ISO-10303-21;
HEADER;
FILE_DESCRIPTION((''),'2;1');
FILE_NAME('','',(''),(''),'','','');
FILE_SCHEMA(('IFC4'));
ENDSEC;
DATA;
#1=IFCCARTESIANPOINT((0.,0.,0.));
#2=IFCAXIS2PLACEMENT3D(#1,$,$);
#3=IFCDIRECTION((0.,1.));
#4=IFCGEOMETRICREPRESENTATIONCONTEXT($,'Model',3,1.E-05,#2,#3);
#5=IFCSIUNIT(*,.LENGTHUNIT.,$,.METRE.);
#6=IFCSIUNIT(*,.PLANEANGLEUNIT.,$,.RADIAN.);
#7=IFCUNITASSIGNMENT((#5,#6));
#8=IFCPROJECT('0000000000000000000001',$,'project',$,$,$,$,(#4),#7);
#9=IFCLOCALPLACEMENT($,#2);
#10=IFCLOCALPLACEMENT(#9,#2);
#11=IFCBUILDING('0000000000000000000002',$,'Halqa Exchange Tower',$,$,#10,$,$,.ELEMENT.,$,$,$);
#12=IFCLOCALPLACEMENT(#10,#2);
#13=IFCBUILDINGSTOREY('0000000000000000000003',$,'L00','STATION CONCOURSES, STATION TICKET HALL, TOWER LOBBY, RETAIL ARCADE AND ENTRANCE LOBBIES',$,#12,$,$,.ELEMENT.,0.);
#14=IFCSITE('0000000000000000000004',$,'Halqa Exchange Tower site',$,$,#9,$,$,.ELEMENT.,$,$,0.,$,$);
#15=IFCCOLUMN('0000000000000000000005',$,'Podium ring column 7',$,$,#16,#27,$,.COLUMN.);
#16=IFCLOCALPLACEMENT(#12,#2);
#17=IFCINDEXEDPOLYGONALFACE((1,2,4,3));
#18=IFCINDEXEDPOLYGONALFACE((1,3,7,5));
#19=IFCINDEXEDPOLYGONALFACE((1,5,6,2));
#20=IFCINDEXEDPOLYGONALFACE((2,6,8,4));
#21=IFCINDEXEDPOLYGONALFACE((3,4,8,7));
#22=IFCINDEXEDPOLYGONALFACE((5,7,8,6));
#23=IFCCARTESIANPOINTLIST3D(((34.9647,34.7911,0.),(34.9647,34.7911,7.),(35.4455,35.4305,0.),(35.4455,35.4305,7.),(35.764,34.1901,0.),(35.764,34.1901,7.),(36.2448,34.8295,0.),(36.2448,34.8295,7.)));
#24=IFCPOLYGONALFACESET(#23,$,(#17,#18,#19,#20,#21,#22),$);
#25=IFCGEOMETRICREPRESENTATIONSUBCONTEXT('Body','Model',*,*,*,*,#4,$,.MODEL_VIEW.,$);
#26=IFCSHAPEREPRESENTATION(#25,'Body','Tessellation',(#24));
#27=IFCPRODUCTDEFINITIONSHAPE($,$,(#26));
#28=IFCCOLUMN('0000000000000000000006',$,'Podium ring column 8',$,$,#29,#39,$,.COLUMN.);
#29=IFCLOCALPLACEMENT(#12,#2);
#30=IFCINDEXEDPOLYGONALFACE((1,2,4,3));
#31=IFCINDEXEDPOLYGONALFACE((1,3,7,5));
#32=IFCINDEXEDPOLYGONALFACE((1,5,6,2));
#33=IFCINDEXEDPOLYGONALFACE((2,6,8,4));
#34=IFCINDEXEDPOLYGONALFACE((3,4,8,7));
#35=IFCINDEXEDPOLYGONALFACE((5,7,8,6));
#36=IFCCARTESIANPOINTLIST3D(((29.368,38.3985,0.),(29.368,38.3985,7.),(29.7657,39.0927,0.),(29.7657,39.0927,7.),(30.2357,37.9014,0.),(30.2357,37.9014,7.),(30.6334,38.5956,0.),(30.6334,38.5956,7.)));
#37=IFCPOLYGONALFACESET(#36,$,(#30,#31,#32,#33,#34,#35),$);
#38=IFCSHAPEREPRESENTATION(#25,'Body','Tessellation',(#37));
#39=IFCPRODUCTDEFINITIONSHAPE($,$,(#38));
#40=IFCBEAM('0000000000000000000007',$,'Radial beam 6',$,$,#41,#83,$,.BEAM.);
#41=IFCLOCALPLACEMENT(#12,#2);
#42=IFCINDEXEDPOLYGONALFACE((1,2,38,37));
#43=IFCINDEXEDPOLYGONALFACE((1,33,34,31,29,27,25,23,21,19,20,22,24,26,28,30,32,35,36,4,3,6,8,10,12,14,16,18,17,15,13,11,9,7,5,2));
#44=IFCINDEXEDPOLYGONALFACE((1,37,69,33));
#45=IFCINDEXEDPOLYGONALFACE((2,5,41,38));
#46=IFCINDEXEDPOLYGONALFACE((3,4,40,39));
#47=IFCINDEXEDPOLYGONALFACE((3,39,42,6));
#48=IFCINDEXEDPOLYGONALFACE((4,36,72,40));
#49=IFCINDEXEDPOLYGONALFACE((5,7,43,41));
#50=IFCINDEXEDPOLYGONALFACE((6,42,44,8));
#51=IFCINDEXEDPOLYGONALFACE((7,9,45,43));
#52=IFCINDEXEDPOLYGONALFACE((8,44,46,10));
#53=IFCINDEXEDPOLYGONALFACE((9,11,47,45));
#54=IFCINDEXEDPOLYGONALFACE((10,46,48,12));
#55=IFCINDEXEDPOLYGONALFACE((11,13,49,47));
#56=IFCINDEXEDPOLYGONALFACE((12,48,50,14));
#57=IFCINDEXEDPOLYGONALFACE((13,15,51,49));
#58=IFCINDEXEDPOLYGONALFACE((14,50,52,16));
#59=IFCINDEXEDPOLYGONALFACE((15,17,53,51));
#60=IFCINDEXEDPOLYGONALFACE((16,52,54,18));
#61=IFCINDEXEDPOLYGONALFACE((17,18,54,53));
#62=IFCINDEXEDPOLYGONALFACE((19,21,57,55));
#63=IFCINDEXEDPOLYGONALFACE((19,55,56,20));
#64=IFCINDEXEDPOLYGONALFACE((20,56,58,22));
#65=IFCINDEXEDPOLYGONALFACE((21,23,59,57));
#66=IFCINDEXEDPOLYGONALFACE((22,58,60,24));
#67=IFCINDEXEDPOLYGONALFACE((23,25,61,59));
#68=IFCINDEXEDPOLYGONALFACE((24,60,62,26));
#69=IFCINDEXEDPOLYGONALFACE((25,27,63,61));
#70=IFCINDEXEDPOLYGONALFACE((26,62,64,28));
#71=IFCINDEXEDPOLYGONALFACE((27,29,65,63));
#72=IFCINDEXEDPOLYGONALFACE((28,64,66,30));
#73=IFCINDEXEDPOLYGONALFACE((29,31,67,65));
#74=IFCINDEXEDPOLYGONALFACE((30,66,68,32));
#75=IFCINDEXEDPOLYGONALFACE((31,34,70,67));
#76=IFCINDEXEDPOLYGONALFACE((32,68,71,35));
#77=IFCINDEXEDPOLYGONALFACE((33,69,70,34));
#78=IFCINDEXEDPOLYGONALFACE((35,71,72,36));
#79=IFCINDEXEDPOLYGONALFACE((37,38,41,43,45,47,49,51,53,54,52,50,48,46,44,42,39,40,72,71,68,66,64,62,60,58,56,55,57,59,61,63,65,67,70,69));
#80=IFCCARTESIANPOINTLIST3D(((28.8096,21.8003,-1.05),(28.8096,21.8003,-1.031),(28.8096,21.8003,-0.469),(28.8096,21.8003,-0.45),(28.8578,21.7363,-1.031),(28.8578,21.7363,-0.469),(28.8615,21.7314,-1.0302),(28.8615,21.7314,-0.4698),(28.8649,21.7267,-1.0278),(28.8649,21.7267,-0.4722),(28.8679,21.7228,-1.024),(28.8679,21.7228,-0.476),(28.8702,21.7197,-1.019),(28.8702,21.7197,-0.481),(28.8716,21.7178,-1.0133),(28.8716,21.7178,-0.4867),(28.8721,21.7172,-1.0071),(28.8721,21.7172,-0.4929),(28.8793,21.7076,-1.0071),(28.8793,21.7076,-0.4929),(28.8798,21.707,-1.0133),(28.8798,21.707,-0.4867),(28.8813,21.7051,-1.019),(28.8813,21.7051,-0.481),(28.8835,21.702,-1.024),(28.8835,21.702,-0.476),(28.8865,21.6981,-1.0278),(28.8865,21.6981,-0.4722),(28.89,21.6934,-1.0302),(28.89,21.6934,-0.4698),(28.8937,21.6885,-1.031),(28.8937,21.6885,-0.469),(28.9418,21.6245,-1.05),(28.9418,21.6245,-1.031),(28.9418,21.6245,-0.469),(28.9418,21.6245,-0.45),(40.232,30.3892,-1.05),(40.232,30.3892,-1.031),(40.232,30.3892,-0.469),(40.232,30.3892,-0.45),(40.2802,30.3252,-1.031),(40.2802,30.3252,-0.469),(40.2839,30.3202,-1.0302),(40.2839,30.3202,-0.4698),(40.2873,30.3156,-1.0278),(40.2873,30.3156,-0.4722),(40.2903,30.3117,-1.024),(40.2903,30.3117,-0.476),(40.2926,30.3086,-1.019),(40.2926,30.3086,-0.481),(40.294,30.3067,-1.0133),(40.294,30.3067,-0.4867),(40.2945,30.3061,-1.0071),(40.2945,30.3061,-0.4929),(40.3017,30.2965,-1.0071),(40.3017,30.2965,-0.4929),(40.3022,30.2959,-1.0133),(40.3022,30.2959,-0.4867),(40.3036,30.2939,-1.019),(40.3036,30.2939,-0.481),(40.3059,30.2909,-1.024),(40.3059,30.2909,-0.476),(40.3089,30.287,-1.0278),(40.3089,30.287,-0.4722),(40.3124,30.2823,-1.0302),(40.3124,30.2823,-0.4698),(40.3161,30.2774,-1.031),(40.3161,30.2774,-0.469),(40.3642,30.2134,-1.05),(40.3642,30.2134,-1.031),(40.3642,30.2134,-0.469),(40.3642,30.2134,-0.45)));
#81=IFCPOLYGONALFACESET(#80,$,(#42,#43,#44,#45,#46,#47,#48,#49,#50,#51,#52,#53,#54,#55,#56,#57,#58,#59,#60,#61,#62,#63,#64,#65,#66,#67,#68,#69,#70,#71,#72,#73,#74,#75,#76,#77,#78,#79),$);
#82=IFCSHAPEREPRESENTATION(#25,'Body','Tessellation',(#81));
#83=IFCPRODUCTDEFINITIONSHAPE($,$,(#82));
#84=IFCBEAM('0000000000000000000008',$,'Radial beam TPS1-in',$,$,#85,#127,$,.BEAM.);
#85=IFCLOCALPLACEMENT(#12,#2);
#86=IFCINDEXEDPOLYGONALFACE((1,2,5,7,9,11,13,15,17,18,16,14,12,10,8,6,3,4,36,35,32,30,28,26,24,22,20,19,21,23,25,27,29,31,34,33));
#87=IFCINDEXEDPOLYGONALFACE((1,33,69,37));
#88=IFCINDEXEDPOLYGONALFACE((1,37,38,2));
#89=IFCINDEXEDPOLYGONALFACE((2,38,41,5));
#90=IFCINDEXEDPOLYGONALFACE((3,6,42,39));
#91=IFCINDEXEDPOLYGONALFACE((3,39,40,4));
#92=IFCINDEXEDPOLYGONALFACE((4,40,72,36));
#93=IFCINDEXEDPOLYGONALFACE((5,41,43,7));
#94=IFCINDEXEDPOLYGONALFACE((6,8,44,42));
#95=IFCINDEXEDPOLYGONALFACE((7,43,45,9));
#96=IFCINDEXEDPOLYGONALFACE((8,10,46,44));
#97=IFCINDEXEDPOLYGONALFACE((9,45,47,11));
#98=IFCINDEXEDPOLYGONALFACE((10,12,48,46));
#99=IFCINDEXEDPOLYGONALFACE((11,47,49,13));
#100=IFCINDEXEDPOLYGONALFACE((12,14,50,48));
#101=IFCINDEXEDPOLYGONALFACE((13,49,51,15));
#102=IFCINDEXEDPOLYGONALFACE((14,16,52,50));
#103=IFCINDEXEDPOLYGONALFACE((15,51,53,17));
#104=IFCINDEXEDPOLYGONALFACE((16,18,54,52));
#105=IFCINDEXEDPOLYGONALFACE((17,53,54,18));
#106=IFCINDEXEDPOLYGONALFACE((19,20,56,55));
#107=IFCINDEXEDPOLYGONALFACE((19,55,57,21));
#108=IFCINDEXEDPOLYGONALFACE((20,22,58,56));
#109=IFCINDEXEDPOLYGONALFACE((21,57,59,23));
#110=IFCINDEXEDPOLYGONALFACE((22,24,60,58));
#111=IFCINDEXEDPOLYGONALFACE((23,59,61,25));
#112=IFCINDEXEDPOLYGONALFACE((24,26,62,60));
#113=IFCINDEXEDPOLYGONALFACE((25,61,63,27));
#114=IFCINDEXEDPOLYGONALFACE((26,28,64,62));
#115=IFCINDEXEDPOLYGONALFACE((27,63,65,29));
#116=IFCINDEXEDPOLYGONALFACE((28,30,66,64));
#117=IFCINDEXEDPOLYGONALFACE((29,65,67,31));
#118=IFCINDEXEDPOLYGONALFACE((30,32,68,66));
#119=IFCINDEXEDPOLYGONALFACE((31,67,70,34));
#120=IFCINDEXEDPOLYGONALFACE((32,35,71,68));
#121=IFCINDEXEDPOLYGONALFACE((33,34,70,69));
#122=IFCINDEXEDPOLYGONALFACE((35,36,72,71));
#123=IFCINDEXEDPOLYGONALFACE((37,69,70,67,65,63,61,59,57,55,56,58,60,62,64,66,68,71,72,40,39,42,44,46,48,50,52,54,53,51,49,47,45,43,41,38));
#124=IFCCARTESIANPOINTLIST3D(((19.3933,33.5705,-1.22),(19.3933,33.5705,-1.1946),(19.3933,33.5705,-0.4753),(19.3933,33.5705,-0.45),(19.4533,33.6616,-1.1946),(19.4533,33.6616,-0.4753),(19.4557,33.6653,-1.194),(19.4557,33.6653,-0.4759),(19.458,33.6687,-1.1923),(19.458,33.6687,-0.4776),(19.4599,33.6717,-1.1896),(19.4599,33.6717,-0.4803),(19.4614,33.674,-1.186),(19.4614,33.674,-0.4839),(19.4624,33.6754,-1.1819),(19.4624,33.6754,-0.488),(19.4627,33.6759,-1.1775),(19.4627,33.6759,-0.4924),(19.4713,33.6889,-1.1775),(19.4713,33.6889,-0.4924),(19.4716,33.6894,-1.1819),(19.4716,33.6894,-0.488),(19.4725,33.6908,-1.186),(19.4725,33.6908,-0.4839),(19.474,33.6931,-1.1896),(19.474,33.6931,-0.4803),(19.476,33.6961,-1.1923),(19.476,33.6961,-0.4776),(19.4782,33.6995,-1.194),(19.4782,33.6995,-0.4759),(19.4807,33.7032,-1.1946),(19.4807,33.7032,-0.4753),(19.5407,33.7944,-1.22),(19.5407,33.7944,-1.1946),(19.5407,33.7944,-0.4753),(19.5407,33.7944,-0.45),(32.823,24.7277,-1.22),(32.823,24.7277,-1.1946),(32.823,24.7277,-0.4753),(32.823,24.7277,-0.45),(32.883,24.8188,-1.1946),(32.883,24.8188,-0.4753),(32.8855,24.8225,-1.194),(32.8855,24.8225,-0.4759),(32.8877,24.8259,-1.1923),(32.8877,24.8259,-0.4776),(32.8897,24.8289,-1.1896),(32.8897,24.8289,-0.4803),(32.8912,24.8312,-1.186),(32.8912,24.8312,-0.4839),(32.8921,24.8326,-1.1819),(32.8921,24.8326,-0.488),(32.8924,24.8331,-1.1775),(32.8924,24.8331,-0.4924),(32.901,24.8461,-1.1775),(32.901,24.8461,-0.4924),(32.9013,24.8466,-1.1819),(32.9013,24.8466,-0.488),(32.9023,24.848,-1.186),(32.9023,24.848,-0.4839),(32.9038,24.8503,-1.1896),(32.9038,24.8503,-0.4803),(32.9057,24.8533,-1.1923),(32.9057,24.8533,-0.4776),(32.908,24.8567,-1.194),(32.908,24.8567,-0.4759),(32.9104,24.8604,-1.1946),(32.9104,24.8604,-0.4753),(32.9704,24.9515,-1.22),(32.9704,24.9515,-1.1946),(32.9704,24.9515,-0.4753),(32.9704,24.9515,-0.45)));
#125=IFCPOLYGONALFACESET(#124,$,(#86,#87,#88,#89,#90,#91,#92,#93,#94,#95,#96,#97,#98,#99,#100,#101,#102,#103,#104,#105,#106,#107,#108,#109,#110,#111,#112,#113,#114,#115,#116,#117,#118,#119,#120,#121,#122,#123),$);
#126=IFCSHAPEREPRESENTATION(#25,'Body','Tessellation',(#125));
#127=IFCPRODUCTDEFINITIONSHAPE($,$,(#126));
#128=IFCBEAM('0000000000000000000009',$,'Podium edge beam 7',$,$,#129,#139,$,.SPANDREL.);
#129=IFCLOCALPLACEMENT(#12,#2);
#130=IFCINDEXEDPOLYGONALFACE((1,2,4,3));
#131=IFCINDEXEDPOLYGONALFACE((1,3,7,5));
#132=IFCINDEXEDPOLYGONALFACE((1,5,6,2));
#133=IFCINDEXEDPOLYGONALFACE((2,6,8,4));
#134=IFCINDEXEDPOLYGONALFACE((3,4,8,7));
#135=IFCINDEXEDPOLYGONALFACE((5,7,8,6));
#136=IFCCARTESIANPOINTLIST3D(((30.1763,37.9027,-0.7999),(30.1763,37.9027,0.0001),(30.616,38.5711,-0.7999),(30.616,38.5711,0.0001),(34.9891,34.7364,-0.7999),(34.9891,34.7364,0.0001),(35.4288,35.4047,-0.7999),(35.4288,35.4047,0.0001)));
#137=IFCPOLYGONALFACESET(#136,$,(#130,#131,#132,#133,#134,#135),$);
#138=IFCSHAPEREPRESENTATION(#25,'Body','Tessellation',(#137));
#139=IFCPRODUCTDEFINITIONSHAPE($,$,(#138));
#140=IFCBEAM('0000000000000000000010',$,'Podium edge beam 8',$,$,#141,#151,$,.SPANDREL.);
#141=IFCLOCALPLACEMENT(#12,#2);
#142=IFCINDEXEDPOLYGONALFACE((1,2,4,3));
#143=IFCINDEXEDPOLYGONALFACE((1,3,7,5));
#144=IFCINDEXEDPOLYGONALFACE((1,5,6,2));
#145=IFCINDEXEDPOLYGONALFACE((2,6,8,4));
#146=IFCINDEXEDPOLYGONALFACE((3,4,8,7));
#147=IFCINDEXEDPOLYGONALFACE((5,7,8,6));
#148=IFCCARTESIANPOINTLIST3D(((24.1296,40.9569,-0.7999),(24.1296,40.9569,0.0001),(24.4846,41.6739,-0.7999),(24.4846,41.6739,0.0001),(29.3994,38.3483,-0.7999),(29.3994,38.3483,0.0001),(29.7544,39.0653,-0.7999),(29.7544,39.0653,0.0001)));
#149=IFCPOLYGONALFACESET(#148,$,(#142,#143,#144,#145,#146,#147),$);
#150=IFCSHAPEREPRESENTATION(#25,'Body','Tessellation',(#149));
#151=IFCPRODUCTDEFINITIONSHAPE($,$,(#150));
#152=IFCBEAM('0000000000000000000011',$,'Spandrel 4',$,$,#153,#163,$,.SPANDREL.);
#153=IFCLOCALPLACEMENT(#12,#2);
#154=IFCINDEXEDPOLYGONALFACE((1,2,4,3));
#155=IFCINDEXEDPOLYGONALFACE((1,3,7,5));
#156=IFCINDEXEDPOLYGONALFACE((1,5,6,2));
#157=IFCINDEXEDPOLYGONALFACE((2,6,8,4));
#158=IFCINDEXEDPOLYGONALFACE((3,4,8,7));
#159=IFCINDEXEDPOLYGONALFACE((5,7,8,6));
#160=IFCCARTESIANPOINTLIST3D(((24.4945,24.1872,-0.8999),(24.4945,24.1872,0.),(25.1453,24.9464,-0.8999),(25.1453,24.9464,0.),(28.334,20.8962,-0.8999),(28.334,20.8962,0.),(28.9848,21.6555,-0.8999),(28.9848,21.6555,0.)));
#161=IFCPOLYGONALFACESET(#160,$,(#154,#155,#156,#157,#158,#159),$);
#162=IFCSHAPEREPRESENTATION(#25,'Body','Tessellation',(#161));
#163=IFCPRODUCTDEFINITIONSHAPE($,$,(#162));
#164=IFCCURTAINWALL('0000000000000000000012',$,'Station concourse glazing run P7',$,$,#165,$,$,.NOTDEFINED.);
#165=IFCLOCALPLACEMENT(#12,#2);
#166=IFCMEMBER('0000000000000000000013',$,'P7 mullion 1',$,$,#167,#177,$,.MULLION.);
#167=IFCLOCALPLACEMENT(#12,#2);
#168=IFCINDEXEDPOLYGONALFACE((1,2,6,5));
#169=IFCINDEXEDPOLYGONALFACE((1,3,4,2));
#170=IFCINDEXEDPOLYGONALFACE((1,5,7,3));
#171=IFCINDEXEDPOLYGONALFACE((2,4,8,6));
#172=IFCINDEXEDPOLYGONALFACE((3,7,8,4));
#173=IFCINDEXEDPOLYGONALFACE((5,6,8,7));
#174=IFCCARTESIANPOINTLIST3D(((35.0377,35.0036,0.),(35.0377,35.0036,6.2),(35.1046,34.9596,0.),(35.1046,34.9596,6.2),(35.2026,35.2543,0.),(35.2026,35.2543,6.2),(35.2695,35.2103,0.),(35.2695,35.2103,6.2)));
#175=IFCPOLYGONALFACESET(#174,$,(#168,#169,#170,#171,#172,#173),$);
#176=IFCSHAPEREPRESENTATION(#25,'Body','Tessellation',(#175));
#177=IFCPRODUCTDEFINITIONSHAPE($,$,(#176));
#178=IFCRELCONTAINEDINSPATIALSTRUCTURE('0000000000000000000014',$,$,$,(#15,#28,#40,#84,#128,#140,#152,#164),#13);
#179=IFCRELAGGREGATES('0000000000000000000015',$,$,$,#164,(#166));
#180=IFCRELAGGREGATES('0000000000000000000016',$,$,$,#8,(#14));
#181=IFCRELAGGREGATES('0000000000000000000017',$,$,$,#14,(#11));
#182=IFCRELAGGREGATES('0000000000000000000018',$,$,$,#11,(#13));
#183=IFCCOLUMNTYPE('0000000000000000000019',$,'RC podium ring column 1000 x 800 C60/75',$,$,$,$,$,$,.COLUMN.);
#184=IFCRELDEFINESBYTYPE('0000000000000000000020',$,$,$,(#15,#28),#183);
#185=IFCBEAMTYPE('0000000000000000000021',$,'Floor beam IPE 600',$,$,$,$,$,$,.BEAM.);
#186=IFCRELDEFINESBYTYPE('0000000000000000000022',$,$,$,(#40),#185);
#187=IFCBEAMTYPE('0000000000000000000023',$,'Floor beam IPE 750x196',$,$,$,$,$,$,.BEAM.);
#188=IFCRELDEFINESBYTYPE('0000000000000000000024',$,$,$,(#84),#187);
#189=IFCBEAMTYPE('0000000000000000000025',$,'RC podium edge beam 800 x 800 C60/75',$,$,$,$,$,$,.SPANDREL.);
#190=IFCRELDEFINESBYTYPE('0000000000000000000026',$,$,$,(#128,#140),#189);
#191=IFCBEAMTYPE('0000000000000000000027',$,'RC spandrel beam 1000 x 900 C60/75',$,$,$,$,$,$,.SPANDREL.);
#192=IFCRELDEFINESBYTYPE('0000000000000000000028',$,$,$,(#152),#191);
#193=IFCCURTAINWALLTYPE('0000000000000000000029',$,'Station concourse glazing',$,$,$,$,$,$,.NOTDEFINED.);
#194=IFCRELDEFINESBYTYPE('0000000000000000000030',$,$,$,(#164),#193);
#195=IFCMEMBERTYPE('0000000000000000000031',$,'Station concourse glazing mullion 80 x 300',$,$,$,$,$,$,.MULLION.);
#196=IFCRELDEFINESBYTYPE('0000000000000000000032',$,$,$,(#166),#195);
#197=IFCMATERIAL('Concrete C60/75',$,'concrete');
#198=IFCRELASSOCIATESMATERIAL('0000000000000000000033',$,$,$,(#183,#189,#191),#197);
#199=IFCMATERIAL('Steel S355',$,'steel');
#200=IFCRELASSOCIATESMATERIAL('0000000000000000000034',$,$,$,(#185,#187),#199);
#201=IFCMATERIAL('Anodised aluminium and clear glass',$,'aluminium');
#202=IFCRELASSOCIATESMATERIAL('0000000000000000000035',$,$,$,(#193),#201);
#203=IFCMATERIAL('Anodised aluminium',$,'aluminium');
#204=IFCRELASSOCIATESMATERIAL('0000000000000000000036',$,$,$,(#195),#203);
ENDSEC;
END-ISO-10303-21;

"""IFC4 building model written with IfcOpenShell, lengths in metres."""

from ifc_helpers import new_model, si_unit, direction, frame, origin, origin_2d, place, context, subcontext, project, spatial, rectangle, i_section, extrude, material, material_profile, profile_set, type_object, element, aggregate, save


model = new_model("IFC4")

# Units and contexts
model_context = context("Model", 3, precision=1e-05, world=origin(), true_north=direction((0.0, 1.0)))
body_context = subcontext(model_context, "Body", "Model", "MODEL_VIEW")
ifc_project = project(units=[si_unit("LENGTHUNIT", "METRE"), si_unit("PLANEANGLEUNIT", "RADIAN")], contexts=[model_context])

# Site, building, storey
site_placement = place(None, origin())
site = spatial("IfcSite", under=ifc_project, at=site_placement, Name="Halqa Exchange Tower site", CompositionType="ELEMENT", RefElevation=0.0)
building_placement = place(site_placement, origin())
building = spatial("IfcBuilding", under=site, at=building_placement, Name="Halqa Exchange Tower", CompositionType="ELEMENT")
storey_placement = place(building_placement, origin())
storey = spatial("IfcBuildingStorey", under=building, at=storey_placement, Name="L00", Description="STATION CONCOURSES, STATION TICKET HALL, TOWER LOBBY, RETAIL ARCADE AND ENTRANCE LOBBIES", CompositionType="ELEMENT", Elevation=0.0)

# Columns
ifc_material_1 = material(Name="Concrete C60/75", Category="concrete")
ifc_material_profile_1 = material_profile(ifc_material_1, rectangle(XDim=1.0, YDim=0.8, at=origin_2d()), Name="1000 x 800")
ifc_profile_set_1 = profile_set([ifc_material_profile_1], Name="Concrete C60/75")
column_type = type_object("IfcColumnType", Name="RC podium ring column 1000 x 800 C60/75", PredefinedType="COLUMN", material=ifc_profile_set_1)
for number, where, z_axis, x_axis, name in (
    (1, (35.6047, 34.8103, 0.0), (0.0, 0.0, 1.0), (-0.79926, 0.600985, 0.0), "Podium ring column 7"),
    (2, (30.0007, 38.4971, 0.0), (0.0, 0.0, 1.0), (-0.867693, 0.4971, 0.0), "Podium ring column 8"),
):
    element("IfcColumn", number, at=place(storey_placement, frame(where, z_axis=z_axis, x_axis=x_axis)), inside=storey, type_object=column_type, Name=name, PredefinedType="COLUMN", context=body_context, shape_type="SweptSolid", body=[
        extrude(rectangle(XDim=1.0, YDim=0.8, at=origin_2d()), origin(), (0.0, 0.0, 1.0), 7.0),
    ])

# Beams
ifc_material_2 = material(Name="Steel S355", Category="steel")
ifc_material_profile_2 = material_profile(ifc_material_2, i_section(OverallWidth=0.22, OverallDepth=0.6001, WebThickness=0.012, FlangeThickness=0.019, FilletRadius=0.0239, at=origin_2d()), Name="IPE 600")
ifc_profile_set_2 = profile_set([ifc_material_profile_2], Name="Steel S355")
beam_type_1 = type_object("IfcBeamType", Name="Floor beam IPE 600", PredefinedType="BEAM", material=ifc_profile_set_2)
beam_1_placement = place(storey_placement, frame((28.8757, 21.7124, -0.75), z_axis=(0.799257, 0.600989, 0.0), x_axis=(-0.600989, 0.799257, 0.0)))
element("IfcBeam", 3, at=beam_1_placement, inside=storey, type_object=beam_type_1, Name="Radial beam 6", PredefinedType="BEAM", context=body_context, shape_type="SweptSolid", body=[
    extrude(i_section(OverallWidth=0.22, OverallDepth=0.6001, WebThickness=0.012, FlangeThickness=0.019, FilletRadius=0.0239, at=origin_2d()), origin(), (0.0, 0.0, 1.0), 14.2913),
])
ifc_material_profile_3 = material_profile(ifc_material_2, i_section(OverallWidth=0.2681, OverallDepth=0.77, WebThickness=0.0156, FlangeThickness=0.0254, FilletRadius=0.0171, at=origin_2d()), Name="IPE 750x196")
ifc_profile_set_3 = profile_set([ifc_material_profile_3], Name="Steel S355")
beam_type_2 = type_object("IfcBeamType", Name="Floor beam IPE 750x196", PredefinedType="BEAM", material=ifc_profile_set_3)
beam_2_placement = place(storey_placement, frame((32.8967, 24.8396, -0.835), z_axis=(-0.835204, 0.54994, 0.0), x_axis=(-0.54994, -0.835204, 0.0)))
element("IfcBeam", 4, at=beam_2_placement, inside=storey, type_object=beam_type_2, Name="Radial beam TPS1-in", PredefinedType="BEAM", context=body_context, shape_type="SweptSolid", body=[
    extrude(i_section(OverallWidth=0.2681, OverallDepth=0.77, WebThickness=0.0156, FlangeThickness=0.0254, FilletRadius=0.0171, at=origin_2d()), origin(), (0.0, 0.0, 1.0), 16.0796),
])
ifc_material_profile_4 = material_profile(ifc_material_1, rectangle(XDim=0.8, YDim=0.8, at=origin_2d()), Name="800 x 800")
ifc_profile_set_4 = profile_set([ifc_material_profile_4], Name="Concrete C60/75")
beam_type_3 = type_object("IfcBeamType", Name="RC podium edge beam 800 x 800 C60/75", PredefinedType="SPANDREL", material=ifc_profile_set_4)
beam_3_placement = place(storey_placement, frame((35.209, 35.0706, -0.3999), z_axis=(-0.835419, 0.549614, 0.0), x_axis=(-0.549614, -0.835419, 0.0)))
element("IfcBeam", 5, at=beam_3_placement, inside=storey, type_object=beam_type_3, Name="Podium edge beam 7", PredefinedType="SPANDREL", context=body_context, shape_type="SweptSolid", body=[
    extrude(rectangle(XDim=0.8, YDim=0.8, at=origin_2d()), origin(), (0.0, 0.0, 1.0), 5.761),
])
beam_4_placement = place(storey_placement, frame((29.5769, 38.7068, -0.3999), z_axis=(-0.896205, 0.443639, 0.0), x_axis=(-0.443639, -0.896205, 0.0)))
element("IfcBeam", 6, at=beam_4_placement, inside=storey, type_object=beam_type_3, Name="Podium edge beam 8", PredefinedType="SPANDREL", context=body_context, shape_type="SweptSolid", body=[
    extrude(rectangle(XDim=0.8, YDim=0.8, at=origin_2d()), origin(), (0.0, 0.0, 1.0), 5.8801),
])
ifc_material_profile_5 = material_profile(ifc_material_1, rectangle(XDim=1.0, YDim=0.8999, at=origin_2d()), Name="1000 x 900")
ifc_profile_set_5 = profile_set([ifc_material_profile_5], Name="Concrete C60/75")
beam_type_4 = type_object("IfcBeamType", Name="RC spandrel beam 1000 x 900 C60/75", PredefinedType="SPANDREL", material=ifc_profile_set_5)
beam_5_placement = place(storey_placement, frame((28.6594, 21.2759, -0.45), z_axis=(-0.759263, 0.650783, 0.0), x_axis=(-0.650783, -0.759263, 0.0)))
element("IfcBeam", 7, at=beam_5_placement, inside=storey, type_object=beam_type_4, Name="Spandrel 4", PredefinedType="SPANDREL", context=body_context, shape_type="SweptSolid", body=[
    extrude(rectangle(XDim=1.0, YDim=0.8999, at=origin_2d()), origin(), (0.0, 0.0, 1.0), 5.0569),
])

# Curtain wall, member
ifc_material_3 = material(Name="Anodised aluminium and clear glass", Category="aluminium")
curtain_wall_type = type_object("IfcCurtainWallType", Name="Station concourse glazing", PredefinedType="NOTDEFINED", material=ifc_material_3)
curtain_wall_placement = place(storey_placement, origin())
curtain_wall = element("IfcCurtainWall", 8, at=curtain_wall_placement, inside=storey, type_object=curtain_wall_type, Name="Station concourse glazing run P7", PredefinedType="NOTDEFINED")
ifc_material_4 = material(Name="Anodised aluminium", Category="aluminium")
ifc_material_profile_6 = material_profile(ifc_material_4, rectangle(XDim=0.3, YDim=0.0801, at=origin_2d()), Name="AL 80x300")
ifc_profile_set_6 = profile_set([ifc_material_profile_6], Name="Anodised aluminium")
member_type_1 = type_object("IfcMemberType", Name="Station concourse glazing mullion 80 x 300", PredefinedType="MULLION", material=ifc_profile_set_6)
member_1_placement = place(storey_placement, frame((35.1536, 35.1069, 0.0), z_axis=(0.0, 0.0, 1.0), x_axis=(-0.54962, -0.835415, 0.0)))
member_1 = element("IfcMember", 9, at=member_1_placement, type_object=member_type_1, Name="P7 mullion 1", PredefinedType="MULLION", context=body_context, shape_type="SweptSolid", body=[
    extrude(rectangle(XDim=0.3, YDim=0.0801, at=origin_2d()), origin(), (0.0, 0.0, 1.0), 6.2),
])
aggregate(curtain_wall, [member_1])

save(model, "model.ifc")
